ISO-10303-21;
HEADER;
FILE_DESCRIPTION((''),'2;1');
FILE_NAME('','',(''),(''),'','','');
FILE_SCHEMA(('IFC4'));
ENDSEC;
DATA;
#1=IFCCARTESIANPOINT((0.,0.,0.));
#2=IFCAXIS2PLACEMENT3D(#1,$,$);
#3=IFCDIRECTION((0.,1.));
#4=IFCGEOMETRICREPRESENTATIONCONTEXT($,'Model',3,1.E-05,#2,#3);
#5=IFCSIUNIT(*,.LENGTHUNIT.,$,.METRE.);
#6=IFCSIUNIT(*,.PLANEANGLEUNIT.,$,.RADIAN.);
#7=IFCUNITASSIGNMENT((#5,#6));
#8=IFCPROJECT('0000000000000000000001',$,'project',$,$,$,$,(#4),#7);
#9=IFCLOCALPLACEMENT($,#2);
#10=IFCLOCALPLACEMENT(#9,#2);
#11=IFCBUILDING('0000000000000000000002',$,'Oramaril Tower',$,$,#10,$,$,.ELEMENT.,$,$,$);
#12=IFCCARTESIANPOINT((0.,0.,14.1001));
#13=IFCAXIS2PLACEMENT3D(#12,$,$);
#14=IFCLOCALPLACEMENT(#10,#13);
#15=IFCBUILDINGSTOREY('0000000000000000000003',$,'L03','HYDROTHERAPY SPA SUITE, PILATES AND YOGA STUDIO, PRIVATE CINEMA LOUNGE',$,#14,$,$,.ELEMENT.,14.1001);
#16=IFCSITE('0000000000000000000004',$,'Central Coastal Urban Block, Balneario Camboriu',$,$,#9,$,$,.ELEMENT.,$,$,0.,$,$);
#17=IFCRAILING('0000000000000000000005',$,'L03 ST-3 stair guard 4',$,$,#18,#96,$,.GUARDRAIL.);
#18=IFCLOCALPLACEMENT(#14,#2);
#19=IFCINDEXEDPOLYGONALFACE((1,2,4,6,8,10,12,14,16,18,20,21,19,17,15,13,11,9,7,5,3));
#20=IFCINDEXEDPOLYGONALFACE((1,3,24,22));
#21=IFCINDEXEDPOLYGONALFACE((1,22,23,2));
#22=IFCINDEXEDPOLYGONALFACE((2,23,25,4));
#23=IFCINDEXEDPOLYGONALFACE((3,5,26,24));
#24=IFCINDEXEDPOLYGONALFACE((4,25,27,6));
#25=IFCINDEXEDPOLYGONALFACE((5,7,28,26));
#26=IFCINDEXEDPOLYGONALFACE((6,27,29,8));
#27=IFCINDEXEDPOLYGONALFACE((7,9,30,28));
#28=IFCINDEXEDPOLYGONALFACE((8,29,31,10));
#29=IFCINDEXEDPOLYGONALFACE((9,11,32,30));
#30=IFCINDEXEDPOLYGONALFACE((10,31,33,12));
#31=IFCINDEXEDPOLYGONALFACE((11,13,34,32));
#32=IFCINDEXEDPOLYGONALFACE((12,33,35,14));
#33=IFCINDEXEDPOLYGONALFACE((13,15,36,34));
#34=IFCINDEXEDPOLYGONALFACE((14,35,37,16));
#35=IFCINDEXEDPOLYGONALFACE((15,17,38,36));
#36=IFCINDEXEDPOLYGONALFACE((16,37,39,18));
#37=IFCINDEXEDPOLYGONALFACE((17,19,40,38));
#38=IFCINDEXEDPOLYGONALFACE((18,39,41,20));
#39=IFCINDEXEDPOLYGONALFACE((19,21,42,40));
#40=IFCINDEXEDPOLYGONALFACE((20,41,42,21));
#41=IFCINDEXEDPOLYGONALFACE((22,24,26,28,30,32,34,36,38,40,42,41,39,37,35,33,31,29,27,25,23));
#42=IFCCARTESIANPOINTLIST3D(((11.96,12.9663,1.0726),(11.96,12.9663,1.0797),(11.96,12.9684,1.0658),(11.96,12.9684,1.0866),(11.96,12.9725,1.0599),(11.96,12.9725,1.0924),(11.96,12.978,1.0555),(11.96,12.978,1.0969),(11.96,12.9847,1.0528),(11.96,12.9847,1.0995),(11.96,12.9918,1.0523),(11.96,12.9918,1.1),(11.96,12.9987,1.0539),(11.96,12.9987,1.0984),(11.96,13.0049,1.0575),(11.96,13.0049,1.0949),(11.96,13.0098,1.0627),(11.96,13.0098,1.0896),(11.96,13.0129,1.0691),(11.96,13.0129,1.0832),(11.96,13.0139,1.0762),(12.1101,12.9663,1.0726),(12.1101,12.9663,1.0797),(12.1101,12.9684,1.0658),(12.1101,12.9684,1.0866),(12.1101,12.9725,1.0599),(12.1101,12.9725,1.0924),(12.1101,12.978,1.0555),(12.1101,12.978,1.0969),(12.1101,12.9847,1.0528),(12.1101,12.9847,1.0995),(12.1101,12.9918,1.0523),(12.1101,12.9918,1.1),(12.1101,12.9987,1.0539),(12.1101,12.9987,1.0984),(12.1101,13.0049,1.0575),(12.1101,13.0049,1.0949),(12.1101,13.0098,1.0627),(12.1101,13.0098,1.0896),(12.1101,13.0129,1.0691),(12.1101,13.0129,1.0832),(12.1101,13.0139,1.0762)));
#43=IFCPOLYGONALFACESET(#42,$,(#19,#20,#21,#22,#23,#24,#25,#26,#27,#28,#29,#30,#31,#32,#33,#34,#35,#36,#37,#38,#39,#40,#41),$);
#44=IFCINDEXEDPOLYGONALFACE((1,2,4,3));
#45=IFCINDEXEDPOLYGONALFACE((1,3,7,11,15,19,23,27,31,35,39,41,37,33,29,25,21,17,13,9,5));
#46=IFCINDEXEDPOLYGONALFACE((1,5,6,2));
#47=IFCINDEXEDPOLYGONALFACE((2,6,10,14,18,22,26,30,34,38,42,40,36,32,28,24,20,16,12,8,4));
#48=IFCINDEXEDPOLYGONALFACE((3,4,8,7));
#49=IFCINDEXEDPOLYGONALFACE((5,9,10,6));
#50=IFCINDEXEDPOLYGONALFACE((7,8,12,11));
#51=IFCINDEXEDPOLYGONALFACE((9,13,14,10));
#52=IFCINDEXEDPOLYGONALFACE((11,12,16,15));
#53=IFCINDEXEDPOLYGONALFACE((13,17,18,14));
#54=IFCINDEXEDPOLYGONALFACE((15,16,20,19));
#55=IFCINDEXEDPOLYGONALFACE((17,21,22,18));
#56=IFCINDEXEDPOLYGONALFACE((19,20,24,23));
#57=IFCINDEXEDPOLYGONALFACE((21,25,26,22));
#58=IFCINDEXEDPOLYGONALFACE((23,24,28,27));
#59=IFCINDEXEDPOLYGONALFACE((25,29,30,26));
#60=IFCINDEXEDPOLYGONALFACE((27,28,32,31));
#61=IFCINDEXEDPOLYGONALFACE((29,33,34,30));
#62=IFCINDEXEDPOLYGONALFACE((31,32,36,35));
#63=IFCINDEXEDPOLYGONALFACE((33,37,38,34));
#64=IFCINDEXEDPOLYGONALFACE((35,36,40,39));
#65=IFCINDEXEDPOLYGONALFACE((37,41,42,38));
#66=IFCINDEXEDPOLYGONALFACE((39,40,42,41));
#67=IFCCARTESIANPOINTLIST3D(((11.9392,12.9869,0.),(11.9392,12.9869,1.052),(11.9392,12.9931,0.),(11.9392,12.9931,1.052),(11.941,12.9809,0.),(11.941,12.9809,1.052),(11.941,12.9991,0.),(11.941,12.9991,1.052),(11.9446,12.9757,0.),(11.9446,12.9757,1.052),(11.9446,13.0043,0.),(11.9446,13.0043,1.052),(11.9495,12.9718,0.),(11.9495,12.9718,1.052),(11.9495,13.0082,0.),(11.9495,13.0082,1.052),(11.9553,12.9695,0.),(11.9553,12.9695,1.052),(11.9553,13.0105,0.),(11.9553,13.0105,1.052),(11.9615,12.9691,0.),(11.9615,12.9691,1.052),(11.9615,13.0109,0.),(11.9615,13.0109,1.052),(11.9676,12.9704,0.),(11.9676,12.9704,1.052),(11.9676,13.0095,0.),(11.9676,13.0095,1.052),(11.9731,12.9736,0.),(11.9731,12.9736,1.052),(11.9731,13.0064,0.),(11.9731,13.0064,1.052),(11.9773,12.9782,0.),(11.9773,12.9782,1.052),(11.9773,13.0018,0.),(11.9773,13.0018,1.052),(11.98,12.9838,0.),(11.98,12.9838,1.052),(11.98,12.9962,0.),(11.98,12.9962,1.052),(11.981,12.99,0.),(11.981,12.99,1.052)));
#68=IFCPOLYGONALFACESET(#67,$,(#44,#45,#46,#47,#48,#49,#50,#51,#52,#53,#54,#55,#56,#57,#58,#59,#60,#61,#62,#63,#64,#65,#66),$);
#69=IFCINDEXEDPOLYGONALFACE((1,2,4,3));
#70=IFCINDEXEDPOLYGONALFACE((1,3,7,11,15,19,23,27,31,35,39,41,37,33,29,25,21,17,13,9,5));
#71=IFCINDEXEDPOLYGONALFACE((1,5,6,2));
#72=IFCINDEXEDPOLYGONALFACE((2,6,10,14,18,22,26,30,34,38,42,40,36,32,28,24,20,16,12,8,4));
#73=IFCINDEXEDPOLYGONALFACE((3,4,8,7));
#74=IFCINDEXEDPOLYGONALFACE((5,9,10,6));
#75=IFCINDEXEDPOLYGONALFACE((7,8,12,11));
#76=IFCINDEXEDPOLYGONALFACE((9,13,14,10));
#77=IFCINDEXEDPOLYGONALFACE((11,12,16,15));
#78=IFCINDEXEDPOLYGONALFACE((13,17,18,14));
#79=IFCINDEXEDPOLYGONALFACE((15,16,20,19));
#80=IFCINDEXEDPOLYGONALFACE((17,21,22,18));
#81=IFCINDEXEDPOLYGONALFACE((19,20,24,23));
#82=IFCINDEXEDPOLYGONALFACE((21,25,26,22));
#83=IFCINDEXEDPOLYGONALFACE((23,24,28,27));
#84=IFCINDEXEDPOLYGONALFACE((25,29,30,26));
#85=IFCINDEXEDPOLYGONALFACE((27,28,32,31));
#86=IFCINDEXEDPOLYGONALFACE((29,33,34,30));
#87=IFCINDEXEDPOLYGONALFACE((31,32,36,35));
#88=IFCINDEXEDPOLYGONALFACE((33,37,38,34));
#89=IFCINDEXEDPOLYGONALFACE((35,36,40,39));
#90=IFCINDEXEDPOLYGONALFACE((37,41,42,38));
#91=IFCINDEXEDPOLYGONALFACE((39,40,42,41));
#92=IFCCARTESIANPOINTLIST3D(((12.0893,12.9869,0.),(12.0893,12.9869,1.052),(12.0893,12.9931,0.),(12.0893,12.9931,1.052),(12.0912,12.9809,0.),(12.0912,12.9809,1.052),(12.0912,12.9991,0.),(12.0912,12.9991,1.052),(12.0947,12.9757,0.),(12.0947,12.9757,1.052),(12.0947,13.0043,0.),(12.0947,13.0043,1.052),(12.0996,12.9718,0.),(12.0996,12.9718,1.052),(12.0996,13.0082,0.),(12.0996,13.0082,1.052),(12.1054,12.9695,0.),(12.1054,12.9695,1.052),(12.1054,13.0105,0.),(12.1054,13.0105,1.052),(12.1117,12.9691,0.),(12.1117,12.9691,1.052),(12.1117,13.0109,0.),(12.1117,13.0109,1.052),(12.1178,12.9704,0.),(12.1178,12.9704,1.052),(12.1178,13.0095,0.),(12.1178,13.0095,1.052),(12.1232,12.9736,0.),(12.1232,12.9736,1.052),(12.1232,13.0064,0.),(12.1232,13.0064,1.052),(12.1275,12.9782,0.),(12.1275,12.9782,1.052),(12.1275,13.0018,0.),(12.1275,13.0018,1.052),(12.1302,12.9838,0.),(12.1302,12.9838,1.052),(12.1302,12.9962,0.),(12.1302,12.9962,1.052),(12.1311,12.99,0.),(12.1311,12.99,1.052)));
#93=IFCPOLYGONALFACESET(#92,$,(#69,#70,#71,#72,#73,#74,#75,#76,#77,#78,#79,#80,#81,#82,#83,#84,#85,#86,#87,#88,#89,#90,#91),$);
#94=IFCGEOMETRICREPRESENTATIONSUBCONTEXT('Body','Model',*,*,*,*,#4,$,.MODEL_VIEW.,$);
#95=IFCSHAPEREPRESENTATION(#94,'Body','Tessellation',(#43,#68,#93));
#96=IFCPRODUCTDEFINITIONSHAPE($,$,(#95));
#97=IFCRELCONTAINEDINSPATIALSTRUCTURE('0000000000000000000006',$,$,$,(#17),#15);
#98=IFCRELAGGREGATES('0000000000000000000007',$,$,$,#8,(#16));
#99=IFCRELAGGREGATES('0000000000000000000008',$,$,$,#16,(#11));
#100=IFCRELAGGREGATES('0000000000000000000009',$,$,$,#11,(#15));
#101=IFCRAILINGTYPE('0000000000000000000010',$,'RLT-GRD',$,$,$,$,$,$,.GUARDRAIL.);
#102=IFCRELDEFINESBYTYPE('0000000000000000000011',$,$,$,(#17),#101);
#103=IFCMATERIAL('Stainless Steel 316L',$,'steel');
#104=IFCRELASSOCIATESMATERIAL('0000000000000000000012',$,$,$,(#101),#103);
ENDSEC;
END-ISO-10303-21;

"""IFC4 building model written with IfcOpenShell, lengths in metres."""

from ifc_helpers import new_model, si_unit, direction, frame, origin, origin_2d, place, context, subcontext, project, spatial, circle, extrude, material, type_object, element, save


model = new_model("IFC4")

# Units and contexts
model_context = context("Model", 3, precision=1e-05, world=origin(), true_north=direction((0.0, 1.0)))
body_context = subcontext(model_context, "Body", "Model", "MODEL_VIEW")
ifc_project = project(units=[si_unit("LENGTHUNIT", "METRE"), si_unit("PLANEANGLEUNIT", "RADIAN")], contexts=[model_context])

# Site, building, storey
site_placement = place(None, origin())
site = spatial("IfcSite", under=ifc_project, at=site_placement, Name="Central Coastal Urban Block, Balneario Camboriu", CompositionType="ELEMENT", RefElevation=0.0)
building_placement = place(site_placement, origin())
building = spatial("IfcBuilding", under=site, at=building_placement, Name="Oramaril Tower", CompositionType="ELEMENT")
storey_placement = place(building_placement, frame((0.0, 0.0, 14.1001)))
storey = spatial("IfcBuildingStorey", under=building, at=storey_placement, Name="L03", Description="HYDROTHERAPY SPA SUITE, PILATES AND YOGA STUDIO, PRIVATE CINEMA LOUNGE", CompositionType="ELEMENT", Elevation=14.1001)

# Railing
ifc_material_1 = material(Name="Stainless Steel 316L", Category="steel")
railing_type_1 = type_object("IfcRailingType", Name="RLT-GRD", PredefinedType="GUARDRAIL", material=ifc_material_1)
railing_1_placement = place(storey_placement, frame((11.96, 12.99, 0.0)))
element("IfcRailing", 1, at=railing_1_placement, inside=storey, type_object=railing_type_1, Name="L03 ST-3 stair guard 4", PredefinedType="GUARDRAIL", context=body_context, shape_type="SweptSolid", body=[
    extrude(circle(Radius=0.0239, at=origin_2d()), frame((0.0, 0.0, 1.0762), z_axis=(1.0, 0.0, 0.0), x_axis=(0.0, 1.0, 0.0)), (0.0, 0.0, 1.0), 0.1501),
    extrude(circle(Radius=0.021, at=origin_2d()), origin(), (0.0, 0.0, 1.0), 1.052),
    extrude(circle(Radius=0.021, at=origin_2d()), frame((0.1501, 0.0, 0.0)), (0.0, 0.0, 1.0), 1.052),
])

save(model, "model.ifc")
